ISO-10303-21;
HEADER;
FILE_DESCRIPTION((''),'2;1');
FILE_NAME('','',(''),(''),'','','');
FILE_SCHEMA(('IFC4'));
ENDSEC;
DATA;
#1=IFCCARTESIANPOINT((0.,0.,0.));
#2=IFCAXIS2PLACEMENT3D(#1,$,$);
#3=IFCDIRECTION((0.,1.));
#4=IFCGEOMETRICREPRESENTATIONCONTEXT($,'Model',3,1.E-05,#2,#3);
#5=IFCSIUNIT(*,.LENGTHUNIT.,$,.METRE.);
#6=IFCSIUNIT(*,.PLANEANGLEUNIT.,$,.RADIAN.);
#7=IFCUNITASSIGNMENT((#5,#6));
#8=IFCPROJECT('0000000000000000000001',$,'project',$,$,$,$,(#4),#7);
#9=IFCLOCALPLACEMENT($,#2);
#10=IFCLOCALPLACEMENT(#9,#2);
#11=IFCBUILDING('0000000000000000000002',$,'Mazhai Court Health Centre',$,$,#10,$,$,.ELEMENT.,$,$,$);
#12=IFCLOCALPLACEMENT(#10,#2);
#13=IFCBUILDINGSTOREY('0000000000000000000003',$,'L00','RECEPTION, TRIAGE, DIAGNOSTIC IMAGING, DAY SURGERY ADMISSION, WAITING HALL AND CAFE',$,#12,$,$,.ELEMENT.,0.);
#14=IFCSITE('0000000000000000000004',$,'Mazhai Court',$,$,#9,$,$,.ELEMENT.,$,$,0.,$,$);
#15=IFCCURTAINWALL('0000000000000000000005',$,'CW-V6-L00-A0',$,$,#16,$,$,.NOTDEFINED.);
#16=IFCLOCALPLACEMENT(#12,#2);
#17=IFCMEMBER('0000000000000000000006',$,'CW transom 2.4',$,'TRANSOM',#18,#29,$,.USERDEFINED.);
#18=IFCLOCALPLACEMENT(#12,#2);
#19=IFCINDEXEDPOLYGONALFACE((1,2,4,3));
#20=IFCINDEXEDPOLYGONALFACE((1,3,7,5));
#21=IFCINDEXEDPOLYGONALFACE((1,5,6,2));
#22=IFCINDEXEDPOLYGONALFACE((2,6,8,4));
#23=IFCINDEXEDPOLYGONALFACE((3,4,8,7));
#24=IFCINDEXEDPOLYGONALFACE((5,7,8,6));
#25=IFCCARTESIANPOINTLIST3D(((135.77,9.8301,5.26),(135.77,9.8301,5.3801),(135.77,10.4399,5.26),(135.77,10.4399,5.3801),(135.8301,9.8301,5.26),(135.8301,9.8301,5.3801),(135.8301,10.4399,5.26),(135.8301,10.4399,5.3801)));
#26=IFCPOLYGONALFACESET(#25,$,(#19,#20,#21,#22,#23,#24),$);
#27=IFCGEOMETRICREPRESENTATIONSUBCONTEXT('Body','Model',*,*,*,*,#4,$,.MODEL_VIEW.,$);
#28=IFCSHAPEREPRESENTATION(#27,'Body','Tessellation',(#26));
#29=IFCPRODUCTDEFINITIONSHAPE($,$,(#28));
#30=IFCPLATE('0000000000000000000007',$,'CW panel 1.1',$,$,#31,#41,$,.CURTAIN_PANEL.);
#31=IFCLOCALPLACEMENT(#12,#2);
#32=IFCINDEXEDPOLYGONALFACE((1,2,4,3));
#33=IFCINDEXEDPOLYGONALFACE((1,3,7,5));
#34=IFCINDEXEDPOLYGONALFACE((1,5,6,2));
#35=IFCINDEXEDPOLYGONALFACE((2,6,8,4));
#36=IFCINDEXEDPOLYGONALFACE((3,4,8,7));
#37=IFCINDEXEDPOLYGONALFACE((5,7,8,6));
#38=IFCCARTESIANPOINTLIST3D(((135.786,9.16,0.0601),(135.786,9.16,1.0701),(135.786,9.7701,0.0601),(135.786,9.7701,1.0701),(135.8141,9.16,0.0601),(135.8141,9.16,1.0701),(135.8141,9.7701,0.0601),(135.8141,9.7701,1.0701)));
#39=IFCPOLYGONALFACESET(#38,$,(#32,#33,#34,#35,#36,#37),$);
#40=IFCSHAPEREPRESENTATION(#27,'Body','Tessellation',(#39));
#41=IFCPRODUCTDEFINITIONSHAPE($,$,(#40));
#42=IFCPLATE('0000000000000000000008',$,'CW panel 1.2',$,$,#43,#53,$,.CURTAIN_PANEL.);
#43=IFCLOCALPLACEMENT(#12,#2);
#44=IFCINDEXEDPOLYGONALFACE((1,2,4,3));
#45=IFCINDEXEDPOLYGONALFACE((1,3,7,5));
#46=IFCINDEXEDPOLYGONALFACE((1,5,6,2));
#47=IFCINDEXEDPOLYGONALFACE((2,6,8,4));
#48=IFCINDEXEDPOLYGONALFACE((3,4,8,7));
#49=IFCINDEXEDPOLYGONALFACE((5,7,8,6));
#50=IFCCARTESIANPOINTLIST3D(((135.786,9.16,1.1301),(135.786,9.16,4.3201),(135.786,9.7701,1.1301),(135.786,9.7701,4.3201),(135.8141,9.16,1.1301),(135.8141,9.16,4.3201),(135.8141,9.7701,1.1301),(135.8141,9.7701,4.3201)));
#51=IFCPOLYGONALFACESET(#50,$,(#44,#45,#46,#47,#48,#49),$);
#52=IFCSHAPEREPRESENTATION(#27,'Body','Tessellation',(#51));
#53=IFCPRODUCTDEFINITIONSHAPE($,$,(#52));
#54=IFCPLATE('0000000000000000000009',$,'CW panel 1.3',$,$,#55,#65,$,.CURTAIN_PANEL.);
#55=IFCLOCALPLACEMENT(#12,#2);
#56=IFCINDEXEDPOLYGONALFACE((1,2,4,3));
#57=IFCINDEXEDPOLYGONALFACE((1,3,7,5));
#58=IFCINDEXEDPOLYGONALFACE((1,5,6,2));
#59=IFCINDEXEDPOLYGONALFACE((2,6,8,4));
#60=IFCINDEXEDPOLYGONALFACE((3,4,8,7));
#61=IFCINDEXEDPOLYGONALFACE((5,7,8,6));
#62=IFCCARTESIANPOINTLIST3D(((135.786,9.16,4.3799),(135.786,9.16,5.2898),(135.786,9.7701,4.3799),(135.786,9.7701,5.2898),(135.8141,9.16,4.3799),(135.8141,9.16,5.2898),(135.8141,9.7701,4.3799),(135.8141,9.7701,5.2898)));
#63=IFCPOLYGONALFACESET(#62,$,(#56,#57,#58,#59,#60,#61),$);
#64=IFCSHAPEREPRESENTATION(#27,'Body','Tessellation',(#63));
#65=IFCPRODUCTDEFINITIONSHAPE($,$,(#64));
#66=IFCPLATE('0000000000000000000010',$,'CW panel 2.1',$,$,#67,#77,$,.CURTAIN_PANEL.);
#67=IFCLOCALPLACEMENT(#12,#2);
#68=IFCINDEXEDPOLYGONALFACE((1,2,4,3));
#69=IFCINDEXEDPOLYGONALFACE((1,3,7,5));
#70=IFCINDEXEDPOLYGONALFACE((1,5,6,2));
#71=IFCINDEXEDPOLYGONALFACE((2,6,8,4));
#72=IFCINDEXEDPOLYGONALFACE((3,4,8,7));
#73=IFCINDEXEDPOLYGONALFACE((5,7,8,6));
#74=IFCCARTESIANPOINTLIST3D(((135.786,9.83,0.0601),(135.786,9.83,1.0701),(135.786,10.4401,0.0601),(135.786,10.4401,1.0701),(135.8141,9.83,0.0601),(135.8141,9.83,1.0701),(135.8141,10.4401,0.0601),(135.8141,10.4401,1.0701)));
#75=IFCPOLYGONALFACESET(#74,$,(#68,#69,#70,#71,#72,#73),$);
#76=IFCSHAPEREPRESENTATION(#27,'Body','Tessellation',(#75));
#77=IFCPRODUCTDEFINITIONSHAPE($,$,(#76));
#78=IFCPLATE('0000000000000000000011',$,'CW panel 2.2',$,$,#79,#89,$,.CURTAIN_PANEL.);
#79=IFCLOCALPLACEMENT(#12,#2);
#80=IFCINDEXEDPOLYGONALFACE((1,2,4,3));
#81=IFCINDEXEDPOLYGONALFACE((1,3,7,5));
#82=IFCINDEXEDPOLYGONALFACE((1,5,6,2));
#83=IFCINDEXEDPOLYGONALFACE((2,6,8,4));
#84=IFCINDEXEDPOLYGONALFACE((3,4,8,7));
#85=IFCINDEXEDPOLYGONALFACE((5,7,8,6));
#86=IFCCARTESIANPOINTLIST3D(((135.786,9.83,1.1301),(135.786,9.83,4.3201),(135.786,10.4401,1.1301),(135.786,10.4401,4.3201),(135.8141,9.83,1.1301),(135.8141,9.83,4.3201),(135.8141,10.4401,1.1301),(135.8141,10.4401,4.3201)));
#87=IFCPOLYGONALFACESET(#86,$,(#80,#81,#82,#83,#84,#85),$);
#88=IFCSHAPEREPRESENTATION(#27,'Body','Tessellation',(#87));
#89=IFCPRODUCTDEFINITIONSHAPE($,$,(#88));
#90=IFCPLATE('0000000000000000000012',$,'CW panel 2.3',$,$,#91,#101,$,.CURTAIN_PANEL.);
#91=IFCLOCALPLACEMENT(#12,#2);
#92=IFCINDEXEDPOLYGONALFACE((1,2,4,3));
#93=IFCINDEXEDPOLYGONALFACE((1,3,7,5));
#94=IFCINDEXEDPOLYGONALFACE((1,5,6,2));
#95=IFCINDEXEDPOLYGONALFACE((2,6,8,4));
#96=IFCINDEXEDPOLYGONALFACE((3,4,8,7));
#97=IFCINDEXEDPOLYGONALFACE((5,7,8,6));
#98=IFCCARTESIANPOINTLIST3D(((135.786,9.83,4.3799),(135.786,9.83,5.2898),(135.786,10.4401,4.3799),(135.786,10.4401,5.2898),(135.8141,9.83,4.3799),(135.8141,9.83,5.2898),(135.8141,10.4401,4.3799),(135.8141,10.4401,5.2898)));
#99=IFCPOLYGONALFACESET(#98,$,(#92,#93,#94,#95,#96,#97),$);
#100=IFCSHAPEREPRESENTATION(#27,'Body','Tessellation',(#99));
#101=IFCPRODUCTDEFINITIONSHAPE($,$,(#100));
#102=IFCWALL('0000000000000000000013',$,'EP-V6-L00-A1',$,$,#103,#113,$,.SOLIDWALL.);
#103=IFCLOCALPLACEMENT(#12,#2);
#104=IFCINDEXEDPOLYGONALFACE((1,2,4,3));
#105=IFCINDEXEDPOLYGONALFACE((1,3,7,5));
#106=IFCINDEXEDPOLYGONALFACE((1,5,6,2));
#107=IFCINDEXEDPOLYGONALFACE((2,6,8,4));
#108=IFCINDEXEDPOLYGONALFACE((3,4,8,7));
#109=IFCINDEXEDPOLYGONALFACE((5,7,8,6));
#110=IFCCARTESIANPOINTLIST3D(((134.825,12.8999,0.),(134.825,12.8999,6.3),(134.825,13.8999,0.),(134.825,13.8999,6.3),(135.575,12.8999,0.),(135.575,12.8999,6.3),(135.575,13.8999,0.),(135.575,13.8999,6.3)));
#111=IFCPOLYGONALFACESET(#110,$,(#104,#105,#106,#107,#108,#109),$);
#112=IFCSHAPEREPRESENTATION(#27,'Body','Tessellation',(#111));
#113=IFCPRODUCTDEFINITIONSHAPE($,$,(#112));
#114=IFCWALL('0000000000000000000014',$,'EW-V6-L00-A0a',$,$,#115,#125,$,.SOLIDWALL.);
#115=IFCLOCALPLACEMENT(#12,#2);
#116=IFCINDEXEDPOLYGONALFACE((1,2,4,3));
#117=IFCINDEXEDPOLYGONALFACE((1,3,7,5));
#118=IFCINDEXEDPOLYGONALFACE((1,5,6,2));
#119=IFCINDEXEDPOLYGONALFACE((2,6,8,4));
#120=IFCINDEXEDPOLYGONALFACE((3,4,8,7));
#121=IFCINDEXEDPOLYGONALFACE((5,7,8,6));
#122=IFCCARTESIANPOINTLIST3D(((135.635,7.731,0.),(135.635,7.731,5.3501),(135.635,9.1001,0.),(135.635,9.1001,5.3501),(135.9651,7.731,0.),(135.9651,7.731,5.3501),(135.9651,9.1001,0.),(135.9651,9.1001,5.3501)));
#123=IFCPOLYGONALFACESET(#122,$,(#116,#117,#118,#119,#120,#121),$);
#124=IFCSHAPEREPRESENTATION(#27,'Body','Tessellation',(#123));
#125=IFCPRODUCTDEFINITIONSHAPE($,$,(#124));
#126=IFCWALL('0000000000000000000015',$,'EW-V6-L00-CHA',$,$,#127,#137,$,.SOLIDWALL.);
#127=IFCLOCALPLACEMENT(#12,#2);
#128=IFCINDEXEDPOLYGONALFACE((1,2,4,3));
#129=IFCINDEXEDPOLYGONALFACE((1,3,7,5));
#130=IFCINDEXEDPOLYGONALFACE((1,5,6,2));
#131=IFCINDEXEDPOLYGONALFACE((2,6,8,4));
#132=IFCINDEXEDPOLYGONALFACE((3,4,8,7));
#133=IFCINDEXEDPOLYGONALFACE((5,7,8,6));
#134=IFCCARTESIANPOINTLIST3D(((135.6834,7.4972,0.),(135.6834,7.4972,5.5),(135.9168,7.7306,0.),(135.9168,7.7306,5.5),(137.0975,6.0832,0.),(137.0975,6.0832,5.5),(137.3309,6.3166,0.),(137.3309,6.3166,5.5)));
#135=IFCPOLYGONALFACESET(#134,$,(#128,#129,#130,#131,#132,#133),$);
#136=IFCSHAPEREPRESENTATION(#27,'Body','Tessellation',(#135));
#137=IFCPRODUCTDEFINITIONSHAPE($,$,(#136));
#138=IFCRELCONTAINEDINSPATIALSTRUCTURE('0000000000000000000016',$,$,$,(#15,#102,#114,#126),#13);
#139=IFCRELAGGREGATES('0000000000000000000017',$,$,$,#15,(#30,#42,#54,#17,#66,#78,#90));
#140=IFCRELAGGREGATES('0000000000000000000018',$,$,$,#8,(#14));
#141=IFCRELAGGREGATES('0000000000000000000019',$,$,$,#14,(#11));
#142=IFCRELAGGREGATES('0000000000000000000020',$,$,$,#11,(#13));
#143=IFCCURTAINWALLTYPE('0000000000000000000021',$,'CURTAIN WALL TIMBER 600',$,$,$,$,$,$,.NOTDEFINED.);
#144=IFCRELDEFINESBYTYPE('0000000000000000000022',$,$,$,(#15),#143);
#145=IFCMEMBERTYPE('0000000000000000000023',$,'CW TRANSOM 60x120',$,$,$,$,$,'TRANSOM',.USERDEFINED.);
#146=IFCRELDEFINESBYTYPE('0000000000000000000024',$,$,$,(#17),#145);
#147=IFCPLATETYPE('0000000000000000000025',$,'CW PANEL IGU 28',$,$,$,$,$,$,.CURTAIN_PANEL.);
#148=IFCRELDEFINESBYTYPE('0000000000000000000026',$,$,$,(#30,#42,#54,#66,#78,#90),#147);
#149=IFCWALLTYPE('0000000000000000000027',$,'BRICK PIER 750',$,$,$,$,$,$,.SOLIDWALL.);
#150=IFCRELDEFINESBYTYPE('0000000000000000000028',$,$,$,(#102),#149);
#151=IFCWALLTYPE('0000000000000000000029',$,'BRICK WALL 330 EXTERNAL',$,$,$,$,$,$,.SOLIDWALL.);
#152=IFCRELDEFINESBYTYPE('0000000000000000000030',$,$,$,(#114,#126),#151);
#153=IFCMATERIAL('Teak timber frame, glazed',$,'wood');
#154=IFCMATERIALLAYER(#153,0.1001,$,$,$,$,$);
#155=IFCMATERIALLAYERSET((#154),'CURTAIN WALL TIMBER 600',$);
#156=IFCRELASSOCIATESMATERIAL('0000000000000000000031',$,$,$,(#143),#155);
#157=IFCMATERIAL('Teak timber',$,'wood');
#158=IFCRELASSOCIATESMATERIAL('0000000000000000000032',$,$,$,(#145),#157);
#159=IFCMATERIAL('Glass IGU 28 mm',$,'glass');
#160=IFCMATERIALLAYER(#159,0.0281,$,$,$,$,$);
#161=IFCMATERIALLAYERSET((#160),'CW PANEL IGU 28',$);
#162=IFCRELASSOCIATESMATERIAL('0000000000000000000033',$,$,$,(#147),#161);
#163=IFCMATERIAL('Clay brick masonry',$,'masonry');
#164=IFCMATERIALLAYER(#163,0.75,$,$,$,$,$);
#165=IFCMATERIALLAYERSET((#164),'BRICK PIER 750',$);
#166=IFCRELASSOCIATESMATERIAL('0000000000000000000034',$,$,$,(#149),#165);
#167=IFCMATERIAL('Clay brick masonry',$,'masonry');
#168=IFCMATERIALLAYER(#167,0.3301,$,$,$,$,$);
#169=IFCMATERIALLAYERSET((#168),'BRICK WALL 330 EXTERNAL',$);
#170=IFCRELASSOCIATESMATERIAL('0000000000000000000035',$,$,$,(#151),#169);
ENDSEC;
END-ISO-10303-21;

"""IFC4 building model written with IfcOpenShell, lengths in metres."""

from ifc_helpers import new_model, si_unit, direction, frame, frame_2d, origin, origin_2d, place, context, subcontext, project, spatial, rectangle, extrude, material, layer, layer_set, material_profile, profile_set, type_object, element, aggregate, save


model = new_model("IFC4")

# Units and contexts
model_context = context("Model", 3, precision=1e-05, world=origin(), true_north=direction((0.0, 1.0)))
body_context = subcontext(model_context, "Body", "Model", "MODEL_VIEW")
ifc_project = project(units=[si_unit("LENGTHUNIT", "METRE"), si_unit("PLANEANGLEUNIT", "RADIAN")], contexts=[model_context])

# Site, building, storey
site_placement = place(None, origin())
site = spatial("IfcSite", under=ifc_project, at=site_placement, Name="Mazhai Court", CompositionType="ELEMENT", RefElevation=0.0)
building_placement = place(site_placement, origin())
building = spatial("IfcBuilding", under=site, at=building_placement, Name="Mazhai Court Health Centre", CompositionType="ELEMENT")
storey_placement = place(building_placement, origin())
storey = spatial("IfcBuildingStorey", under=building, at=storey_placement, Name="L00", Description="RECEPTION, TRIAGE, DIAGNOSTIC IMAGING, DAY SURGERY ADMISSION, WAITING HALL AND CAFE", CompositionType="ELEMENT", Elevation=0.0)

# Curtain wall, member, plates
ifc_material_1 = material(Name="Teak timber frame, glazed", Category="wood")
ifc_layer_1 = layer(ifc_material_1, 0.1001)
ifc_layer_set_1 = layer_set([ifc_layer_1], Name="CURTAIN WALL TIMBER 600")
curtain_wall_type = type_object("IfcCurtainWallType", Name="CURTAIN WALL TIMBER 600", PredefinedType="NOTDEFINED", material=ifc_layer_set_1)
curtain_wall_placement = place(storey_placement, origin())
curtain_wall = element("IfcCurtainWall", 1, at=curtain_wall_placement, inside=storey, type_object=curtain_wall_type, Name="CW-V6-L00-A0", PredefinedType="NOTDEFINED")
ifc_material_2 = material(Name="Teak timber", Category="wood")
ifc_material_profile_1 = material_profile(ifc_material_2, rectangle(XDim=0.0601, YDim=0.1201, at=origin_2d()), Name="CW TRANSOM 60x120")
ifc_profile_set_1 = profile_set([ifc_material_profile_1], Name="Teak timber")
member_type_1 = type_object("IfcMemberType", Name="CW TRANSOM 60x120", ElementType="TRANSOM", PredefinedType="USERDEFINED", material=ifc_profile_set_1)
member_1_placement = place(storey_placement, frame((135.8, 9.8301, 5.3201), z_axis=(0.0, 1.0, 0.0), x_axis=(-1.0, 0.0, 0.0)))
member_1 = element("IfcMember", 2, at=member_1_placement, type_object=member_type_1, Name="CW transom 2.4", ObjectType="TRANSOM", PredefinedType="USERDEFINED", context=body_context, shape_type="SweptSolid", body=[
    extrude(rectangle(XDim=0.0601, YDim=0.1201, at=origin_2d()), origin(), (0.0, 0.0, 1.0), 0.6099),
])
ifc_material_3 = material(Name="Glass IGU 28 mm", Category="glass")
ifc_layer_2 = layer(ifc_material_3, 0.0281)
ifc_layer_set_2 = layer_set([ifc_layer_2], Name="CW PANEL IGU 28")
plate_type = type_object("IfcPlateType", Name="CW PANEL IGU 28", PredefinedType="CURTAIN_PANEL", material=ifc_layer_set_2)
plate_1_placement = place(storey_placement, frame((135.8, 9.4651, 0.0601), z_axis=(0.0, 0.0, 1.0), x_axis=(0.0, 1.0, 0.0)))
plate_1 = element("IfcPlate", 3, at=plate_1_placement, type_object=plate_type, Name="CW panel 1.1", PredefinedType="CURTAIN_PANEL", context=body_context, shape_type="SweptSolid", body=[
    extrude(rectangle(XDim=0.6101, YDim=0.0281, at=origin_2d()), origin(), (0.0, 0.0, 1.0), 1.01),
])
plate_2_placement = place(storey_placement, frame((135.8, 9.4651, 1.1301), z_axis=(0.0, 0.0, 1.0), x_axis=(0.0, 1.0, 0.0)))
plate_2 = element("IfcPlate", 4, at=plate_2_placement, type_object=plate_type, Name="CW panel 1.2", PredefinedType="CURTAIN_PANEL", context=body_context, shape_type="SweptSolid", body=[
    extrude(rectangle(XDim=0.6101, YDim=0.0281, at=origin_2d()), origin(), (0.0, 0.0, 1.0), 3.1899),
])
plate_3_placement = place(storey_placement, frame((135.8, 9.4651, 4.3799), z_axis=(0.0, 0.0, 1.0), x_axis=(0.0, 1.0, 0.0)))
plate_3 = element("IfcPlate", 5, at=plate_3_placement, type_object=plate_type, Name="CW panel 1.3", PredefinedType="CURTAIN_PANEL", context=body_context, shape_type="SweptSolid", body=[
    extrude(rectangle(XDim=0.6101, YDim=0.0281, at=origin_2d()), origin(), (0.0, 0.0, 1.0), 0.9099),
])
plate_4_placement = place(storey_placement, frame((135.8, 10.135, 0.0601), z_axis=(0.0, 0.0, 1.0), x_axis=(0.0, 1.0, 0.0)))
plate_4 = element("IfcPlate", 6, at=plate_4_placement, type_object=plate_type, Name="CW panel 2.1", PredefinedType="CURTAIN_PANEL", context=body_context, shape_type="SweptSolid", body=[
    extrude(rectangle(XDim=0.6101, YDim=0.0281, at=origin_2d()), origin(), (0.0, 0.0, 1.0), 1.01),
])
plate_5_placement = place(storey_placement, frame((135.8, 10.135, 1.1301), z_axis=(0.0, 0.0, 1.0), x_axis=(0.0, 1.0, 0.0)))
plate_5 = element("IfcPlate", 7, at=plate_5_placement, type_object=plate_type, Name="CW panel 2.2", PredefinedType="CURTAIN_PANEL", context=body_context, shape_type="SweptSolid", body=[
    extrude(rectangle(XDim=0.6101, YDim=0.0281, at=origin_2d()), origin(), (0.0, 0.0, 1.0), 3.1899),
])
plate_6_placement = place(storey_placement, frame((135.8, 10.135, 4.3799), z_axis=(0.0, 0.0, 1.0), x_axis=(0.0, 1.0, 0.0)))
plate_6 = element("IfcPlate", 8, at=plate_6_placement, type_object=plate_type, Name="CW panel 2.3", PredefinedType="CURTAIN_PANEL", context=body_context, shape_type="SweptSolid", body=[
    extrude(rectangle(XDim=0.6101, YDim=0.0281, at=origin_2d()), origin(), (0.0, 0.0, 1.0), 0.9099),
])
aggregate(curtain_wall, [plate_1, plate_2, plate_3, member_1, plate_4, plate_5, plate_6])

# Walls
ifc_material_4 = material(Name="Clay brick masonry", Category="masonry")
ifc_layer_3 = layer(ifc_material_4, 0.75)
ifc_layer_set_3 = layer_set([ifc_layer_3], Name="BRICK PIER 750")
wall_type_1 = type_object("IfcWallType", Name="BRICK PIER 750", PredefinedType="SOLIDWALL", material=ifc_layer_set_3)
wall_1_placement = place(storey_placement, frame((135.2, 12.8999, 0.0), z_axis=(0.0, 0.0, 1.0), x_axis=(0.0, 1.0, 0.0)))
element("IfcWall", 9, at=wall_1_placement, inside=storey, type_object=wall_type_1, Name="EP-V6-L00-A1", PredefinedType="SOLIDWALL", context=body_context, shape_type="SweptSolid", body=[
    extrude(rectangle(XDim=1.0, YDim=0.75, at=frame_2d((0.5, 0.0))), origin(), (0.0, 0.0, 1.0), 6.3),
])
ifc_material_5 = material(Name="Clay brick masonry", Category="masonry")
ifc_layer_4 = layer(ifc_material_5, 0.3301)
ifc_layer_set_4 = layer_set([ifc_layer_4], Name="BRICK WALL 330 EXTERNAL")
wall_type_2 = type_object("IfcWallType", Name="BRICK WALL 330 EXTERNAL", PredefinedType="SOLIDWALL", material=ifc_layer_set_4)
wall_2_placement = place(storey_placement, frame((135.8, 7.731, 0.0), z_axis=(0.0, 0.0, 1.0), x_axis=(0.0, 1.0, 0.0)))
element("IfcWall", 10, at=wall_2_placement, inside=storey, type_object=wall_type_2, Name="EW-V6-L00-A0a", PredefinedType="SOLIDWALL", context=body_context, shape_type="SweptSolid", body=[
    extrude(rectangle(XDim=1.3691, YDim=0.3301, at=frame_2d((0.6846, 0.0))), origin(), (0.0, 0.0, 1.0), 5.3501),
])
wall_3_placement = place(storey_placement, frame((135.8, 7.614, 0.0), z_axis=(0.0, 0.0, 1.0), x_axis=(0.707107, -0.707107, 0.0)))
element("IfcWall", 11, at=wall_3_placement, inside=storey, type_object=wall_type_2, Name="EW-V6-L00-CHA", PredefinedType="SOLIDWALL", context=body_context, shape_type="SweptSolid", body=[
    extrude(rectangle(XDim=1.9998, YDim=0.3301, at=frame_2d((1.0, 0.0))), origin(), (0.0, 0.0, 1.0), 5.5),
])

save(model, "model.ifc")
